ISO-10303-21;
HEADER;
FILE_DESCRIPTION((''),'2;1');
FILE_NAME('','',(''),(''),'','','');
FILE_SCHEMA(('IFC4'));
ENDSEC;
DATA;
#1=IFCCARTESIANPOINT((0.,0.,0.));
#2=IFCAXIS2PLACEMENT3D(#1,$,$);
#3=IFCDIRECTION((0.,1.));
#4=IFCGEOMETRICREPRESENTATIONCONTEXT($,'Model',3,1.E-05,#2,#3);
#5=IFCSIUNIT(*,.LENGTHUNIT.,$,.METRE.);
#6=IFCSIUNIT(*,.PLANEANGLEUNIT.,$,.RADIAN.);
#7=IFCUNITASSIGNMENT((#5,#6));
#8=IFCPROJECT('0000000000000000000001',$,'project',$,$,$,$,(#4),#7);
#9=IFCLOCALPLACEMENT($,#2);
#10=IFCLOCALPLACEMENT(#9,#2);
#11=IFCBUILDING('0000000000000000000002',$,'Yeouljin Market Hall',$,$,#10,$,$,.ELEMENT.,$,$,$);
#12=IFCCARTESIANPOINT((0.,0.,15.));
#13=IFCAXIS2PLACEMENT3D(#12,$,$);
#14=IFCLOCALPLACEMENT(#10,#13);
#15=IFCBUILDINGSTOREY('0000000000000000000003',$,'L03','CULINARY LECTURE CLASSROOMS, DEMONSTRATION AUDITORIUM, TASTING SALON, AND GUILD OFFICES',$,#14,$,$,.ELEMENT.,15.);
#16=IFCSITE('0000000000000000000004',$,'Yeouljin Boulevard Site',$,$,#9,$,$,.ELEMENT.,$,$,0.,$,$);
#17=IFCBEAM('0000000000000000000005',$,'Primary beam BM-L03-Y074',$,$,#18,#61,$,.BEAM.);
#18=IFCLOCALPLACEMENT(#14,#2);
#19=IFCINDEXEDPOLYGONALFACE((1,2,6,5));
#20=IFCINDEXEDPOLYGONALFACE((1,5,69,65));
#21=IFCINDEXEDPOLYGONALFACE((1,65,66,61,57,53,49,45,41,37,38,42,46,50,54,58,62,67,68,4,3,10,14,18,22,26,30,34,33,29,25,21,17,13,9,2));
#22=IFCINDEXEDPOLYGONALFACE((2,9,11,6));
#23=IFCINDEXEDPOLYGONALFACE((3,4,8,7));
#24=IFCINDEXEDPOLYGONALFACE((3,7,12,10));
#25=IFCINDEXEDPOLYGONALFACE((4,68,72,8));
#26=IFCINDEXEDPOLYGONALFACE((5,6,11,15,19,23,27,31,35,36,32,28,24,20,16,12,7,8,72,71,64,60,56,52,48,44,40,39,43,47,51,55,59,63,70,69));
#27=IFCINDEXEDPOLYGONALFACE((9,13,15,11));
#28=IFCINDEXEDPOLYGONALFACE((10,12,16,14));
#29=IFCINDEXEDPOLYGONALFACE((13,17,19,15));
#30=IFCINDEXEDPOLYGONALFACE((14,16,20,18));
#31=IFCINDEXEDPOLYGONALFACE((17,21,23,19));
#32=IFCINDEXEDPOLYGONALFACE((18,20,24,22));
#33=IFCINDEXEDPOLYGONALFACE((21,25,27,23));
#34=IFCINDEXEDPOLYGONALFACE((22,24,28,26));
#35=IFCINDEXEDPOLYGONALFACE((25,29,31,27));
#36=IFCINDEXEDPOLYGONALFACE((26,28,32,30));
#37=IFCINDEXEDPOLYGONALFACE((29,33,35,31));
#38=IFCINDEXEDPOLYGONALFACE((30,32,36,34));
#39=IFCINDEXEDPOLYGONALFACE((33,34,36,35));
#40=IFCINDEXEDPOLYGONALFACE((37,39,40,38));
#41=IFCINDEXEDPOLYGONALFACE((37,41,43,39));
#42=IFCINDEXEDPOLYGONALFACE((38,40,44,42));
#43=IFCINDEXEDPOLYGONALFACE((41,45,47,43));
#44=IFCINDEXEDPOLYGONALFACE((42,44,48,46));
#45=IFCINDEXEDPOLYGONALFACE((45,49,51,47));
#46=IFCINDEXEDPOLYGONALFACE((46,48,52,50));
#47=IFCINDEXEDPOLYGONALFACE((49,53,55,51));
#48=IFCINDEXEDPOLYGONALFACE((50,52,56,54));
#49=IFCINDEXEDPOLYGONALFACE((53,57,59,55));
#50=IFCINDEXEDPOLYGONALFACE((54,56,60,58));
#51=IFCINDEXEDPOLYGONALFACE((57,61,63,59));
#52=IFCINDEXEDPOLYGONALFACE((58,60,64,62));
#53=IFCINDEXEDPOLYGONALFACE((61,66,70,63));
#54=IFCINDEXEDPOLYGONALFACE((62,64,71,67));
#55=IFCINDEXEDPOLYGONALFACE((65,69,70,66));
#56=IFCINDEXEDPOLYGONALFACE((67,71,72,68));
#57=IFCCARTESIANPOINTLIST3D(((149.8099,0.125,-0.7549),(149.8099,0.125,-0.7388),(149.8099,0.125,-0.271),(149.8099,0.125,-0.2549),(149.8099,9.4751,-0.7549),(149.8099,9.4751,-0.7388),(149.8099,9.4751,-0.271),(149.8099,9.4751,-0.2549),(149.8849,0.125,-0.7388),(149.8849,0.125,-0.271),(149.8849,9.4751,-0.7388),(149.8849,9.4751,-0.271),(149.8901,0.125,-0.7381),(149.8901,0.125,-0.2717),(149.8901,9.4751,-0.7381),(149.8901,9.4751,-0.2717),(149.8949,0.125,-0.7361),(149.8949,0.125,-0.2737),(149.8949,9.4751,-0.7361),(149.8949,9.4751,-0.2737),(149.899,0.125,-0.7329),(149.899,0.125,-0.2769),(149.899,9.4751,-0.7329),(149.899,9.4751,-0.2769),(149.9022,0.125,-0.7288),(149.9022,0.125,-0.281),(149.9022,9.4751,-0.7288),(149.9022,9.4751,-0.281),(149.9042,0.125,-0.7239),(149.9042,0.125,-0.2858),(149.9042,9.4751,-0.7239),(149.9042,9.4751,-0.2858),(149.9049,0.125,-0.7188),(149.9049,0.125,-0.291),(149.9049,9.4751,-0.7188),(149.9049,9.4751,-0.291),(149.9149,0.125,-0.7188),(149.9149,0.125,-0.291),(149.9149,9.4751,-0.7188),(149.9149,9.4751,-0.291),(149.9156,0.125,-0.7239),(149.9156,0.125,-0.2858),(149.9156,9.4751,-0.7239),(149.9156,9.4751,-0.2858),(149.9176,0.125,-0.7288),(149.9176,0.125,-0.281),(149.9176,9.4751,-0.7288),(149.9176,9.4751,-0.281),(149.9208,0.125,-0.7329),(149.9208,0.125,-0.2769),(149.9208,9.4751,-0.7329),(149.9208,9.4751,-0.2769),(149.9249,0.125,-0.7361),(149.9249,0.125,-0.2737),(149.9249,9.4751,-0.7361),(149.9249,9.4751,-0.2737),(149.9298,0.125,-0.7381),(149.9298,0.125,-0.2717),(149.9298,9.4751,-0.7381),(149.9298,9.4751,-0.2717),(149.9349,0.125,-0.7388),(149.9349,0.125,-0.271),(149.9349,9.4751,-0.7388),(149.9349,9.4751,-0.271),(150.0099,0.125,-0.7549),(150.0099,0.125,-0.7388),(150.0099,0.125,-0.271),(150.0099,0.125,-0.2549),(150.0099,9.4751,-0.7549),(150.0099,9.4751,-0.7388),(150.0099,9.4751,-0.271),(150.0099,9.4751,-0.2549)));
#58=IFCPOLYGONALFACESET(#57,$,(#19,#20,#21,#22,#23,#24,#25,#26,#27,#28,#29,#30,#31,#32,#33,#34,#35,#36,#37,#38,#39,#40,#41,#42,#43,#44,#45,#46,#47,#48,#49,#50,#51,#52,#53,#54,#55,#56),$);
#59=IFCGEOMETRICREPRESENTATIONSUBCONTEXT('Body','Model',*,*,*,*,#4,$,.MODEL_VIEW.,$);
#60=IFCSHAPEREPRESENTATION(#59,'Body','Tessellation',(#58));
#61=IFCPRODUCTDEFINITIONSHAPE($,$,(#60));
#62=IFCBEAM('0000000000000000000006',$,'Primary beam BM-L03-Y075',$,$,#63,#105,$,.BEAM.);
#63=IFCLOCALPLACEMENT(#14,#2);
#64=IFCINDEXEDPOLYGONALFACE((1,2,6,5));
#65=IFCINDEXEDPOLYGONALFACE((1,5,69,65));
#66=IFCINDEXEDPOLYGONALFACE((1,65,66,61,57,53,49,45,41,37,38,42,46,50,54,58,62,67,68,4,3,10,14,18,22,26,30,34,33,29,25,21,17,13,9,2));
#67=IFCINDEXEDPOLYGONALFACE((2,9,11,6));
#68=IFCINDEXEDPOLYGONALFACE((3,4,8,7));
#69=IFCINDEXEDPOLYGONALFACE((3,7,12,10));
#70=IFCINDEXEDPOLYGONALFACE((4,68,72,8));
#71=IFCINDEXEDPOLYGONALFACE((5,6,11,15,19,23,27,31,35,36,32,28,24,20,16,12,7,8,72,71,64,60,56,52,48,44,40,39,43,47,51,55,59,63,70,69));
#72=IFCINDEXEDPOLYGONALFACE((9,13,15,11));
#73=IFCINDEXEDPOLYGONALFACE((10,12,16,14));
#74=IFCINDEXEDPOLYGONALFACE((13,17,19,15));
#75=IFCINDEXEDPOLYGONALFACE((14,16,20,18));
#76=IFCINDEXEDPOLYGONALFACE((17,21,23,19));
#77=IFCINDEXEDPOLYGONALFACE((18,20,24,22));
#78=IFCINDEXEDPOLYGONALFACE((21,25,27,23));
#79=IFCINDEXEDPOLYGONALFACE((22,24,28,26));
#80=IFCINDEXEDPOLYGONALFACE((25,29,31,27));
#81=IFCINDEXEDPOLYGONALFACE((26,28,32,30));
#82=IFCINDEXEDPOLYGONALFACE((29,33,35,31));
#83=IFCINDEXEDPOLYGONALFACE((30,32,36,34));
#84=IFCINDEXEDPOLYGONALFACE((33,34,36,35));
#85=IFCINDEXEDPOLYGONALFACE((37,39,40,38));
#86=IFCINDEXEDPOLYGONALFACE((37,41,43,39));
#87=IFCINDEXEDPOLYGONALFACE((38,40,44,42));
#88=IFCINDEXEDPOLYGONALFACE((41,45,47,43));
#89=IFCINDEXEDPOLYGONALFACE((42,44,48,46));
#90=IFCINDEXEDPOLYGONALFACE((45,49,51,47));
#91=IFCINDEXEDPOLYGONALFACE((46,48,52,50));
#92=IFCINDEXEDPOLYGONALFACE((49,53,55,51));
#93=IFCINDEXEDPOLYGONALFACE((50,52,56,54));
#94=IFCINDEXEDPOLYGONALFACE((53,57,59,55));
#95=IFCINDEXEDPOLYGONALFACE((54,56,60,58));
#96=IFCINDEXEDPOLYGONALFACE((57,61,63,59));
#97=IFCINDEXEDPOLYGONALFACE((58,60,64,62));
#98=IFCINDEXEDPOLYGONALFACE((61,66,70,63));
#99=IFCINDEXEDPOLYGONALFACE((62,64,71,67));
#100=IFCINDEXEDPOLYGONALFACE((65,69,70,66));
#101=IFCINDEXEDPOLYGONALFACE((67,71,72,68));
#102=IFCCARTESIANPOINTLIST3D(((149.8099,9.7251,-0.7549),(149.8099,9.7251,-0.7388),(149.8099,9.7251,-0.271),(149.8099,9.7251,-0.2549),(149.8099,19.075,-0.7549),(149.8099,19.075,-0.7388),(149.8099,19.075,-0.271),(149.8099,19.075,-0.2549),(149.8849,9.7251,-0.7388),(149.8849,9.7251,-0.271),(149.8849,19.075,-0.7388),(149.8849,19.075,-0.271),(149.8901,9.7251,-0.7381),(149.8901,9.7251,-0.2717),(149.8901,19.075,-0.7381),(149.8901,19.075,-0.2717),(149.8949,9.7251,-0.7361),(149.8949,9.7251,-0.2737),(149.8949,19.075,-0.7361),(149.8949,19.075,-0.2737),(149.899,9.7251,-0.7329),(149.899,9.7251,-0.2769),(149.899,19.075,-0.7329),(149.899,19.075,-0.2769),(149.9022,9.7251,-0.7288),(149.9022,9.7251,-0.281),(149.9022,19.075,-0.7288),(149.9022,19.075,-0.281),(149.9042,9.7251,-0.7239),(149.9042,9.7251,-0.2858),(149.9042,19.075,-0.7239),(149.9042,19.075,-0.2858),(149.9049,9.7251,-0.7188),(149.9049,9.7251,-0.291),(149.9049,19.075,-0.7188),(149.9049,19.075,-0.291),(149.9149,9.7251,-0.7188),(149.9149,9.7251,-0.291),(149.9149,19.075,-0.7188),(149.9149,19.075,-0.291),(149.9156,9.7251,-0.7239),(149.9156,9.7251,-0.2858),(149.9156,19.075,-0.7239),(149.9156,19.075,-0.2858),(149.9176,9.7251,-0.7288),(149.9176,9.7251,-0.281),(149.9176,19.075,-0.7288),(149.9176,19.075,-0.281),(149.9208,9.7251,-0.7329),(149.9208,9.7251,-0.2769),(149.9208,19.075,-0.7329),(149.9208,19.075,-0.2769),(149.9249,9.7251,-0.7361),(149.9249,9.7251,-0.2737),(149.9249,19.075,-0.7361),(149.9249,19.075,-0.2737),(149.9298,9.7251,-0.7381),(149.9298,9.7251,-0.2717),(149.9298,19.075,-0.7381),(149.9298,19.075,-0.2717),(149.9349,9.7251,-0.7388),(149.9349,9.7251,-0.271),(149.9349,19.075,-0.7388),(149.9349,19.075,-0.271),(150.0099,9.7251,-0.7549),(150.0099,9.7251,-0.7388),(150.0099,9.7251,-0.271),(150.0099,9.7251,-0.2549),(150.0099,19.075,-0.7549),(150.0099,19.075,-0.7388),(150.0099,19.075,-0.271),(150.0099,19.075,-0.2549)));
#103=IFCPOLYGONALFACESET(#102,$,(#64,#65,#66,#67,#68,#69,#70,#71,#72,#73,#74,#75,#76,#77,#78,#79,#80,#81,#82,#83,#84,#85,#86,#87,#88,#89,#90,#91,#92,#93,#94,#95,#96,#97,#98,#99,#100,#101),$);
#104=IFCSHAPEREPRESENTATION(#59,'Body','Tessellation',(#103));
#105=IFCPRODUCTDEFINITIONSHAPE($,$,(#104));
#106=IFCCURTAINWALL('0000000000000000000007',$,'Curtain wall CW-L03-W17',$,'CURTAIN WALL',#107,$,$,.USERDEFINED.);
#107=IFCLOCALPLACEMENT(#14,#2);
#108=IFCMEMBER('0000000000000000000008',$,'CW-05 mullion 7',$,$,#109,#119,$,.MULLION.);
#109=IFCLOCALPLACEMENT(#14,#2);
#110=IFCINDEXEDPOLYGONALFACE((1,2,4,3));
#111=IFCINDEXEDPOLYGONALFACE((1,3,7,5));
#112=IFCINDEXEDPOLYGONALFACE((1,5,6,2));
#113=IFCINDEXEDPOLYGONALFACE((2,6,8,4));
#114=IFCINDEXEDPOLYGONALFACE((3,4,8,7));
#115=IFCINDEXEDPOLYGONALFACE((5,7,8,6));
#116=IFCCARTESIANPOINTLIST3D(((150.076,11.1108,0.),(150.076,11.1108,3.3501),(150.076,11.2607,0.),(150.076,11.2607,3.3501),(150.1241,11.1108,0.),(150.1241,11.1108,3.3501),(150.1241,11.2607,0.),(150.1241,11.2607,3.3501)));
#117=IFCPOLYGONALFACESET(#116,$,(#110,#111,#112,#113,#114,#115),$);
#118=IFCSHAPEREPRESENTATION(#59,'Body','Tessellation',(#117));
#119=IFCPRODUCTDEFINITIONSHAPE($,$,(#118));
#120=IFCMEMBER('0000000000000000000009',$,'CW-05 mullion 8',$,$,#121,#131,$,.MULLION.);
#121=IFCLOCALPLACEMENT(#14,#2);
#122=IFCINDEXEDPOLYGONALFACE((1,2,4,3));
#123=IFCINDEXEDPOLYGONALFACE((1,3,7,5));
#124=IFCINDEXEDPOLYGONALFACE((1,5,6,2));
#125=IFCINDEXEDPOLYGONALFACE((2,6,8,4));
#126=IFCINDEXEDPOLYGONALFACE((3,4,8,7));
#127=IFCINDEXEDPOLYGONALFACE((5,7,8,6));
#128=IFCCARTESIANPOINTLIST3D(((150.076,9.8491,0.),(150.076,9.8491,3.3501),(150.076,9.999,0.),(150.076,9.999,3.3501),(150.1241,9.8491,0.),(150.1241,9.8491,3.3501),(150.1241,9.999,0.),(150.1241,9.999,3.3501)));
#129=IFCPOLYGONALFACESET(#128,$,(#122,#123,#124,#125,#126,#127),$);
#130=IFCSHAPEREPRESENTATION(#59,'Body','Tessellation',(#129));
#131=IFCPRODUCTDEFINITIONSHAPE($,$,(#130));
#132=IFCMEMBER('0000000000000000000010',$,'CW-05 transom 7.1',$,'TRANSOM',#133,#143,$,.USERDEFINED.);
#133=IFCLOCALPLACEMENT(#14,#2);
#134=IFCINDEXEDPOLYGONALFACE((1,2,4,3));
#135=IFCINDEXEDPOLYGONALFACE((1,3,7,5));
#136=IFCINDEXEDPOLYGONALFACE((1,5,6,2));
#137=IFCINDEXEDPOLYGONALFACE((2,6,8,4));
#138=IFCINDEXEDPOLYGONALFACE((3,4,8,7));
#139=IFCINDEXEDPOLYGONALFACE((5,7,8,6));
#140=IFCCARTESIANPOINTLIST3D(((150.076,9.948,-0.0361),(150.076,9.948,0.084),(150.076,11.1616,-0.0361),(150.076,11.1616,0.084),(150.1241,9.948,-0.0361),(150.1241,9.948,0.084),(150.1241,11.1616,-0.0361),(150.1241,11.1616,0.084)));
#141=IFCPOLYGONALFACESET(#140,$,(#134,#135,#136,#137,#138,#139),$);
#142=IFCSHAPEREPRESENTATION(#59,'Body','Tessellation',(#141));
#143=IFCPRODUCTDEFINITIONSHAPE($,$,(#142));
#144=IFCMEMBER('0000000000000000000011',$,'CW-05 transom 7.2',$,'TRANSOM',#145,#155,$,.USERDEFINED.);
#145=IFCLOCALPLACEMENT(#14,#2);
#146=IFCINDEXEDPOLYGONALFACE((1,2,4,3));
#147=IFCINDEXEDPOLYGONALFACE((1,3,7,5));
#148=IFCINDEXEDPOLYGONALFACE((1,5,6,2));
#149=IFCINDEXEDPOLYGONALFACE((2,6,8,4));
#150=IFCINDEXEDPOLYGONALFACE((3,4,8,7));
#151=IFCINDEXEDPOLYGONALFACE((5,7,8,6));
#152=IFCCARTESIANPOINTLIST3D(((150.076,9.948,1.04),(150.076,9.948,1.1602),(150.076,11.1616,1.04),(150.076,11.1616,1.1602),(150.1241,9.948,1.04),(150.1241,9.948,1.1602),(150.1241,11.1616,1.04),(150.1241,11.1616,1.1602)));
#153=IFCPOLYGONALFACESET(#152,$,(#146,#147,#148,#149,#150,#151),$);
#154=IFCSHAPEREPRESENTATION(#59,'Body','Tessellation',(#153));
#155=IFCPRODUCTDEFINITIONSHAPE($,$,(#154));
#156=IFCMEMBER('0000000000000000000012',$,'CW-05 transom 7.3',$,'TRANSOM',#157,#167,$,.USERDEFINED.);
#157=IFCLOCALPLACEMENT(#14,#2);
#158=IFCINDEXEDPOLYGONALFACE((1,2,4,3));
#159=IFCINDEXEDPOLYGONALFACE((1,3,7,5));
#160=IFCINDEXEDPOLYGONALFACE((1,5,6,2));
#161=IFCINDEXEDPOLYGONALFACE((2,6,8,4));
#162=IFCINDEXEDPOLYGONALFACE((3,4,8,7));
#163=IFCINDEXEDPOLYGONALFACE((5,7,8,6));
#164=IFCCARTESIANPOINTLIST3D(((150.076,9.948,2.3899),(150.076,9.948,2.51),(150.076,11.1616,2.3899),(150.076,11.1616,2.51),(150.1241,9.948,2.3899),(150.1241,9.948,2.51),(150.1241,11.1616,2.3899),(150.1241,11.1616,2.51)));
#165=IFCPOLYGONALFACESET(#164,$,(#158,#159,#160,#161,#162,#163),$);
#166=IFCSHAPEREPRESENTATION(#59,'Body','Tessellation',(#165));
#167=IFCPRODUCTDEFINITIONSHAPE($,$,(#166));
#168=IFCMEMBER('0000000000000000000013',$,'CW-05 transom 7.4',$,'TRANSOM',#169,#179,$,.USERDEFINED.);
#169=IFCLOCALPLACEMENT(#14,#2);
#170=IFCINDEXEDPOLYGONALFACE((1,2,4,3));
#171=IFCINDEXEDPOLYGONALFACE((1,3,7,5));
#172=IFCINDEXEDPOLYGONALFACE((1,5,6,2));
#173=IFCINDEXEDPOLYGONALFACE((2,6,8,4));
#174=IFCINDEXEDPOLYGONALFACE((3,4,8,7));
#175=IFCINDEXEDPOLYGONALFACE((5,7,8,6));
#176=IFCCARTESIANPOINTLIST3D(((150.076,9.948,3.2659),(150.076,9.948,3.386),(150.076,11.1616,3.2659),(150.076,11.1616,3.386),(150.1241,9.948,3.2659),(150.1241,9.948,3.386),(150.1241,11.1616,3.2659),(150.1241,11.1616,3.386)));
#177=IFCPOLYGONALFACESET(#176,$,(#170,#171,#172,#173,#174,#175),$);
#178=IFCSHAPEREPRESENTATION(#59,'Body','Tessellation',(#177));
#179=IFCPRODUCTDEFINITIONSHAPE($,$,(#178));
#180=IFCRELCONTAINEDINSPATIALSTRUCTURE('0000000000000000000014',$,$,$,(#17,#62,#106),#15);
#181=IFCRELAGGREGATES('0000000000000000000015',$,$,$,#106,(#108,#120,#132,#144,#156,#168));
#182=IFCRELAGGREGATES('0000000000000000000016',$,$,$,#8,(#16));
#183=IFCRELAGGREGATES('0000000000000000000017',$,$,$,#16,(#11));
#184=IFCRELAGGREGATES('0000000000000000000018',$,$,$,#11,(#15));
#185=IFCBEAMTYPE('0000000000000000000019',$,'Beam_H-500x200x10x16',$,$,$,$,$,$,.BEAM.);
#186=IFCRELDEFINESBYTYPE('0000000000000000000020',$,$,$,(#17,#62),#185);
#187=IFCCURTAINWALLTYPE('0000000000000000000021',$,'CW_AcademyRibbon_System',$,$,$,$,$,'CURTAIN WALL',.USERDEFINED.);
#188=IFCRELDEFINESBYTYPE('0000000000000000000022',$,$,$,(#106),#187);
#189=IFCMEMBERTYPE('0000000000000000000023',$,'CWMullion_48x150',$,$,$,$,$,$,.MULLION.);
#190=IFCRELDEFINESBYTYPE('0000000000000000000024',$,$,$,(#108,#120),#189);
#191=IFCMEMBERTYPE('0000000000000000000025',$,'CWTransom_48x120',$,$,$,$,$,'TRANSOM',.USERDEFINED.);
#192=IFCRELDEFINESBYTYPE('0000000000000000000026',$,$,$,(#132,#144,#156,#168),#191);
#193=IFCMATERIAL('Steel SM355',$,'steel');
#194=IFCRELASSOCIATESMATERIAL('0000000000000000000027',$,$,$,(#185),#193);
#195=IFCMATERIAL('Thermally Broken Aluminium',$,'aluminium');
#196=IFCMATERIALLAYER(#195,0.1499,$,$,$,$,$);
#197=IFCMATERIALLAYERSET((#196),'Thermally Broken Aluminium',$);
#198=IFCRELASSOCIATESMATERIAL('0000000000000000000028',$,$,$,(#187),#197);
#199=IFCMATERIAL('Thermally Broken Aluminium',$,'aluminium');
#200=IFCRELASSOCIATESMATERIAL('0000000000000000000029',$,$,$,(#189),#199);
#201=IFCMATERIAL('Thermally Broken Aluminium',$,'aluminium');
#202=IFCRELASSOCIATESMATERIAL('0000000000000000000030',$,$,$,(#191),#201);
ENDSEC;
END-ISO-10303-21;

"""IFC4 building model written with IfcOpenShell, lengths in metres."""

from ifc_helpers import new_model, si_unit, direction, frame, origin, origin_2d, place, context, subcontext, project, spatial, rectangle, i_section, extrude, material, layer, layer_set, material_profile, profile_set, type_object, element, aggregate, save


model = new_model("IFC4")

# Units and contexts
model_context = context("Model", 3, precision=1e-05, world=origin(), true_north=direction((0.0, 1.0)))
body_context = subcontext(model_context, "Body", "Model", "MODEL_VIEW")
ifc_project = project(units=[si_unit("LENGTHUNIT", "METRE"), si_unit("PLANEANGLEUNIT", "RADIAN")], contexts=[model_context])

# Site, building, storey
site_placement = place(None, origin())
site = spatial("IfcSite", under=ifc_project, at=site_placement, Name="Yeouljin Boulevard Site", CompositionType="ELEMENT", RefElevation=0.0)
building_placement = place(site_placement, origin())
building = spatial("IfcBuilding", under=site, at=building_placement, Name="Yeouljin Market Hall", CompositionType="ELEMENT")
storey_placement = place(building_placement, frame((0.0, 0.0, 15.0)))
storey = spatial("IfcBuildingStorey", under=building, at=storey_placement, Name="L03", Description="CULINARY LECTURE CLASSROOMS, DEMONSTRATION AUDITORIUM, TASTING SALON, AND GUILD OFFICES", CompositionType="ELEMENT", Elevation=15.0)

# Beams
ifc_material_1 = material(Name="Steel SM355", Category="steel")
ifc_material_profile_1 = material_profile(ifc_material_1, i_section(OverallWidth=0.2, OverallDepth=0.5, WebThickness=0.01, FlangeThickness=0.0161, FilletRadius=0.02, at=origin_2d()), Name="H-500x200x10x16")
ifc_profile_set_1 = profile_set([ifc_material_profile_1], Name="Steel SM355")
beam_type_1 = type_object("IfcBeamType", Name="Beam_H-500x200x10x16", PredefinedType="BEAM", material=ifc_profile_set_1)
beam_1_placement = place(storey_placement, frame((149.9099, 0.125, -0.5049), z_axis=(0.0, 1.0, 0.0), x_axis=(-1.0, 0.0, 0.0)))
element("IfcBeam", 1, at=beam_1_placement, inside=storey, type_object=beam_type_1, Name="Primary beam BM-L03-Y074", PredefinedType="BEAM", context=body_context, shape_type="SweptSolid", body=[
    extrude(i_section(OverallWidth=0.2, OverallDepth=0.5, WebThickness=0.01, FlangeThickness=0.0161, FilletRadius=0.02, at=origin_2d()), origin(), (0.0, 0.0, 1.0), 9.3501),
])
beam_2_placement = place(storey_placement, frame((149.9099, 9.7251, -0.5049), z_axis=(0.0, 1.0, 0.0), x_axis=(-1.0, 0.0, 0.0)))
element("IfcBeam", 2, at=beam_2_placement, inside=storey, type_object=beam_type_1, Name="Primary beam BM-L03-Y075", PredefinedType="BEAM", context=body_context, shape_type="SweptSolid", body=[
    extrude(i_section(OverallWidth=0.2, OverallDepth=0.5, WebThickness=0.01, FlangeThickness=0.0161, FilletRadius=0.02, at=origin_2d()), origin(), (0.0, 0.0, 1.0), 9.3499),
])

# Curtain wall, members
ifc_material_2 = material(Name="Thermally Broken Aluminium", Category="aluminium")
ifc_layer_1 = layer(ifc_material_2, 0.1499)
ifc_layer_set_1 = layer_set([ifc_layer_1], Name="Thermally Broken Aluminium")
curtain_wall_type = type_object("IfcCurtainWallType", Name="CW_AcademyRibbon_System", ElementType="CURTAIN WALL", PredefinedType="USERDEFINED", material=ifc_layer_set_1)
curtain_wall_placement = place(storey_placement, origin())
curtain_wall = element("IfcCurtainWall", 3, at=curtain_wall_placement, inside=storey, type_object=curtain_wall_type, Name="Curtain wall CW-L03-W17", ObjectType="CURTAIN WALL", PredefinedType="USERDEFINED")
ifc_material_3 = material(Name="Thermally Broken Aluminium", Category="aluminium")
ifc_material_profile_2 = material_profile(ifc_material_3, rectangle(XDim=0.0481, YDim=0.1499, at=origin_2d()), Name="CW-MULL-48x150")
ifc_profile_set_2 = profile_set([ifc_material_profile_2], Name="Thermally Broken Aluminium")
member_type_1 = type_object("IfcMemberType", Name="CWMullion_48x150", PredefinedType="MULLION", material=ifc_profile_set_2)
member_1_placement = place(storey_placement, frame((150.1001, 11.1858, 0.0), z_axis=(0.0, 0.0, 1.0), x_axis=(1.0, 0.0, 0.0)))
member_1 = element("IfcMember", 4, at=member_1_placement, type_object=member_type_1, Name="CW-05 mullion 7", PredefinedType="MULLION", context=body_context, shape_type="SweptSolid", body=[
    extrude(rectangle(XDim=0.0481, YDim=0.1499, at=origin_2d()), origin(), (0.0, 0.0, 1.0), 3.3501),
])
member_2_placement = place(storey_placement, frame((150.1001, 9.9241, 0.0), z_axis=(0.0, 0.0, 1.0), x_axis=(1.0, 0.0, 0.0)))
member_2 = element("IfcMember", 5, at=member_2_placement, type_object=member_type_1, Name="CW-05 mullion 8", PredefinedType="MULLION", context=body_context, shape_type="SweptSolid", body=[
    extrude(rectangle(XDim=0.0481, YDim=0.1499, at=origin_2d()), origin(), (0.0, 0.0, 1.0), 3.3501),
])
ifc_material_4 = material(Name="Thermally Broken Aluminium", Category="aluminium")
ifc_material_profile_3 = material_profile(ifc_material_4, rectangle(XDim=0.0481, YDim=0.1201, at=origin_2d()), Name="CW-TRAN-48x120")
ifc_profile_set_3 = profile_set([ifc_material_profile_3], Name="Thermally Broken Aluminium")
member_type_2 = type_object("IfcMemberType", Name="CWTransom_48x120", ElementType="TRANSOM", PredefinedType="USERDEFINED", material=ifc_profile_set_3)
member_3_placement = place(storey_placement, frame((150.1001, 11.1616, 0.0239), z_axis=(0.0, -1.0, 0.0), x_axis=(1.0, 0.0, 0.0)))
member_3 = element("IfcMember", 6, at=member_3_placement, type_object=member_type_2, Name="CW-05 transom 7.1", ObjectType="TRANSOM", PredefinedType="USERDEFINED", context=body_context, shape_type="SweptSolid", body=[
    extrude(rectangle(XDim=0.0481, YDim=0.1201, at=origin_2d()), origin(), (0.0, 0.0, 1.0), 1.2136),
])
member_4_placement = place(storey_placement, frame((150.1001, 11.1616, 1.1001), z_axis=(0.0, -1.0, 0.0), x_axis=(1.0, 0.0, 0.0)))
member_4 = element("IfcMember", 7, at=member_4_placement, type_object=member_type_2, Name="CW-05 transom 7.2", ObjectType="TRANSOM", PredefinedType="USERDEFINED", context=body_context, shape_type="SweptSolid", body=[
    extrude(rectangle(XDim=0.0481, YDim=0.1201, at=origin_2d()), origin(), (0.0, 0.0, 1.0), 1.2136),
])
member_5_placement = place(storey_placement, frame((150.1001, 11.1616, 2.45), z_axis=(0.0, -1.0, 0.0), x_axis=(1.0, 0.0, 0.0)))
member_5 = element("IfcMember", 8, at=member_5_placement, type_object=member_type_2, Name="CW-05 transom 7.3", ObjectType="TRANSOM", PredefinedType="USERDEFINED", context=body_context, shape_type="SweptSolid", body=[
    extrude(rectangle(XDim=0.0481, YDim=0.1201, at=origin_2d()), origin(), (0.0, 0.0, 1.0), 1.2136),
])
member_6_placement = place(storey_placement, frame((150.1001, 11.1616, 3.3259), z_axis=(0.0, -1.0, 0.0), x_axis=(1.0, 0.0, 0.0)))
member_6 = element("IfcMember", 9, at=member_6_placement, type_object=member_type_2, Name="CW-05 transom 7.4", ObjectType="TRANSOM", PredefinedType="USERDEFINED", context=body_context, shape_type="SweptSolid", body=[
    extrude(rectangle(XDim=0.0481, YDim=0.1201, at=origin_2d()), origin(), (0.0, 0.0, 1.0), 1.2136),
])

aggregate(curtain_wall, [member_1, member_2, member_3, member_4, member_5, member_6])

save(model, "model.ifc")
